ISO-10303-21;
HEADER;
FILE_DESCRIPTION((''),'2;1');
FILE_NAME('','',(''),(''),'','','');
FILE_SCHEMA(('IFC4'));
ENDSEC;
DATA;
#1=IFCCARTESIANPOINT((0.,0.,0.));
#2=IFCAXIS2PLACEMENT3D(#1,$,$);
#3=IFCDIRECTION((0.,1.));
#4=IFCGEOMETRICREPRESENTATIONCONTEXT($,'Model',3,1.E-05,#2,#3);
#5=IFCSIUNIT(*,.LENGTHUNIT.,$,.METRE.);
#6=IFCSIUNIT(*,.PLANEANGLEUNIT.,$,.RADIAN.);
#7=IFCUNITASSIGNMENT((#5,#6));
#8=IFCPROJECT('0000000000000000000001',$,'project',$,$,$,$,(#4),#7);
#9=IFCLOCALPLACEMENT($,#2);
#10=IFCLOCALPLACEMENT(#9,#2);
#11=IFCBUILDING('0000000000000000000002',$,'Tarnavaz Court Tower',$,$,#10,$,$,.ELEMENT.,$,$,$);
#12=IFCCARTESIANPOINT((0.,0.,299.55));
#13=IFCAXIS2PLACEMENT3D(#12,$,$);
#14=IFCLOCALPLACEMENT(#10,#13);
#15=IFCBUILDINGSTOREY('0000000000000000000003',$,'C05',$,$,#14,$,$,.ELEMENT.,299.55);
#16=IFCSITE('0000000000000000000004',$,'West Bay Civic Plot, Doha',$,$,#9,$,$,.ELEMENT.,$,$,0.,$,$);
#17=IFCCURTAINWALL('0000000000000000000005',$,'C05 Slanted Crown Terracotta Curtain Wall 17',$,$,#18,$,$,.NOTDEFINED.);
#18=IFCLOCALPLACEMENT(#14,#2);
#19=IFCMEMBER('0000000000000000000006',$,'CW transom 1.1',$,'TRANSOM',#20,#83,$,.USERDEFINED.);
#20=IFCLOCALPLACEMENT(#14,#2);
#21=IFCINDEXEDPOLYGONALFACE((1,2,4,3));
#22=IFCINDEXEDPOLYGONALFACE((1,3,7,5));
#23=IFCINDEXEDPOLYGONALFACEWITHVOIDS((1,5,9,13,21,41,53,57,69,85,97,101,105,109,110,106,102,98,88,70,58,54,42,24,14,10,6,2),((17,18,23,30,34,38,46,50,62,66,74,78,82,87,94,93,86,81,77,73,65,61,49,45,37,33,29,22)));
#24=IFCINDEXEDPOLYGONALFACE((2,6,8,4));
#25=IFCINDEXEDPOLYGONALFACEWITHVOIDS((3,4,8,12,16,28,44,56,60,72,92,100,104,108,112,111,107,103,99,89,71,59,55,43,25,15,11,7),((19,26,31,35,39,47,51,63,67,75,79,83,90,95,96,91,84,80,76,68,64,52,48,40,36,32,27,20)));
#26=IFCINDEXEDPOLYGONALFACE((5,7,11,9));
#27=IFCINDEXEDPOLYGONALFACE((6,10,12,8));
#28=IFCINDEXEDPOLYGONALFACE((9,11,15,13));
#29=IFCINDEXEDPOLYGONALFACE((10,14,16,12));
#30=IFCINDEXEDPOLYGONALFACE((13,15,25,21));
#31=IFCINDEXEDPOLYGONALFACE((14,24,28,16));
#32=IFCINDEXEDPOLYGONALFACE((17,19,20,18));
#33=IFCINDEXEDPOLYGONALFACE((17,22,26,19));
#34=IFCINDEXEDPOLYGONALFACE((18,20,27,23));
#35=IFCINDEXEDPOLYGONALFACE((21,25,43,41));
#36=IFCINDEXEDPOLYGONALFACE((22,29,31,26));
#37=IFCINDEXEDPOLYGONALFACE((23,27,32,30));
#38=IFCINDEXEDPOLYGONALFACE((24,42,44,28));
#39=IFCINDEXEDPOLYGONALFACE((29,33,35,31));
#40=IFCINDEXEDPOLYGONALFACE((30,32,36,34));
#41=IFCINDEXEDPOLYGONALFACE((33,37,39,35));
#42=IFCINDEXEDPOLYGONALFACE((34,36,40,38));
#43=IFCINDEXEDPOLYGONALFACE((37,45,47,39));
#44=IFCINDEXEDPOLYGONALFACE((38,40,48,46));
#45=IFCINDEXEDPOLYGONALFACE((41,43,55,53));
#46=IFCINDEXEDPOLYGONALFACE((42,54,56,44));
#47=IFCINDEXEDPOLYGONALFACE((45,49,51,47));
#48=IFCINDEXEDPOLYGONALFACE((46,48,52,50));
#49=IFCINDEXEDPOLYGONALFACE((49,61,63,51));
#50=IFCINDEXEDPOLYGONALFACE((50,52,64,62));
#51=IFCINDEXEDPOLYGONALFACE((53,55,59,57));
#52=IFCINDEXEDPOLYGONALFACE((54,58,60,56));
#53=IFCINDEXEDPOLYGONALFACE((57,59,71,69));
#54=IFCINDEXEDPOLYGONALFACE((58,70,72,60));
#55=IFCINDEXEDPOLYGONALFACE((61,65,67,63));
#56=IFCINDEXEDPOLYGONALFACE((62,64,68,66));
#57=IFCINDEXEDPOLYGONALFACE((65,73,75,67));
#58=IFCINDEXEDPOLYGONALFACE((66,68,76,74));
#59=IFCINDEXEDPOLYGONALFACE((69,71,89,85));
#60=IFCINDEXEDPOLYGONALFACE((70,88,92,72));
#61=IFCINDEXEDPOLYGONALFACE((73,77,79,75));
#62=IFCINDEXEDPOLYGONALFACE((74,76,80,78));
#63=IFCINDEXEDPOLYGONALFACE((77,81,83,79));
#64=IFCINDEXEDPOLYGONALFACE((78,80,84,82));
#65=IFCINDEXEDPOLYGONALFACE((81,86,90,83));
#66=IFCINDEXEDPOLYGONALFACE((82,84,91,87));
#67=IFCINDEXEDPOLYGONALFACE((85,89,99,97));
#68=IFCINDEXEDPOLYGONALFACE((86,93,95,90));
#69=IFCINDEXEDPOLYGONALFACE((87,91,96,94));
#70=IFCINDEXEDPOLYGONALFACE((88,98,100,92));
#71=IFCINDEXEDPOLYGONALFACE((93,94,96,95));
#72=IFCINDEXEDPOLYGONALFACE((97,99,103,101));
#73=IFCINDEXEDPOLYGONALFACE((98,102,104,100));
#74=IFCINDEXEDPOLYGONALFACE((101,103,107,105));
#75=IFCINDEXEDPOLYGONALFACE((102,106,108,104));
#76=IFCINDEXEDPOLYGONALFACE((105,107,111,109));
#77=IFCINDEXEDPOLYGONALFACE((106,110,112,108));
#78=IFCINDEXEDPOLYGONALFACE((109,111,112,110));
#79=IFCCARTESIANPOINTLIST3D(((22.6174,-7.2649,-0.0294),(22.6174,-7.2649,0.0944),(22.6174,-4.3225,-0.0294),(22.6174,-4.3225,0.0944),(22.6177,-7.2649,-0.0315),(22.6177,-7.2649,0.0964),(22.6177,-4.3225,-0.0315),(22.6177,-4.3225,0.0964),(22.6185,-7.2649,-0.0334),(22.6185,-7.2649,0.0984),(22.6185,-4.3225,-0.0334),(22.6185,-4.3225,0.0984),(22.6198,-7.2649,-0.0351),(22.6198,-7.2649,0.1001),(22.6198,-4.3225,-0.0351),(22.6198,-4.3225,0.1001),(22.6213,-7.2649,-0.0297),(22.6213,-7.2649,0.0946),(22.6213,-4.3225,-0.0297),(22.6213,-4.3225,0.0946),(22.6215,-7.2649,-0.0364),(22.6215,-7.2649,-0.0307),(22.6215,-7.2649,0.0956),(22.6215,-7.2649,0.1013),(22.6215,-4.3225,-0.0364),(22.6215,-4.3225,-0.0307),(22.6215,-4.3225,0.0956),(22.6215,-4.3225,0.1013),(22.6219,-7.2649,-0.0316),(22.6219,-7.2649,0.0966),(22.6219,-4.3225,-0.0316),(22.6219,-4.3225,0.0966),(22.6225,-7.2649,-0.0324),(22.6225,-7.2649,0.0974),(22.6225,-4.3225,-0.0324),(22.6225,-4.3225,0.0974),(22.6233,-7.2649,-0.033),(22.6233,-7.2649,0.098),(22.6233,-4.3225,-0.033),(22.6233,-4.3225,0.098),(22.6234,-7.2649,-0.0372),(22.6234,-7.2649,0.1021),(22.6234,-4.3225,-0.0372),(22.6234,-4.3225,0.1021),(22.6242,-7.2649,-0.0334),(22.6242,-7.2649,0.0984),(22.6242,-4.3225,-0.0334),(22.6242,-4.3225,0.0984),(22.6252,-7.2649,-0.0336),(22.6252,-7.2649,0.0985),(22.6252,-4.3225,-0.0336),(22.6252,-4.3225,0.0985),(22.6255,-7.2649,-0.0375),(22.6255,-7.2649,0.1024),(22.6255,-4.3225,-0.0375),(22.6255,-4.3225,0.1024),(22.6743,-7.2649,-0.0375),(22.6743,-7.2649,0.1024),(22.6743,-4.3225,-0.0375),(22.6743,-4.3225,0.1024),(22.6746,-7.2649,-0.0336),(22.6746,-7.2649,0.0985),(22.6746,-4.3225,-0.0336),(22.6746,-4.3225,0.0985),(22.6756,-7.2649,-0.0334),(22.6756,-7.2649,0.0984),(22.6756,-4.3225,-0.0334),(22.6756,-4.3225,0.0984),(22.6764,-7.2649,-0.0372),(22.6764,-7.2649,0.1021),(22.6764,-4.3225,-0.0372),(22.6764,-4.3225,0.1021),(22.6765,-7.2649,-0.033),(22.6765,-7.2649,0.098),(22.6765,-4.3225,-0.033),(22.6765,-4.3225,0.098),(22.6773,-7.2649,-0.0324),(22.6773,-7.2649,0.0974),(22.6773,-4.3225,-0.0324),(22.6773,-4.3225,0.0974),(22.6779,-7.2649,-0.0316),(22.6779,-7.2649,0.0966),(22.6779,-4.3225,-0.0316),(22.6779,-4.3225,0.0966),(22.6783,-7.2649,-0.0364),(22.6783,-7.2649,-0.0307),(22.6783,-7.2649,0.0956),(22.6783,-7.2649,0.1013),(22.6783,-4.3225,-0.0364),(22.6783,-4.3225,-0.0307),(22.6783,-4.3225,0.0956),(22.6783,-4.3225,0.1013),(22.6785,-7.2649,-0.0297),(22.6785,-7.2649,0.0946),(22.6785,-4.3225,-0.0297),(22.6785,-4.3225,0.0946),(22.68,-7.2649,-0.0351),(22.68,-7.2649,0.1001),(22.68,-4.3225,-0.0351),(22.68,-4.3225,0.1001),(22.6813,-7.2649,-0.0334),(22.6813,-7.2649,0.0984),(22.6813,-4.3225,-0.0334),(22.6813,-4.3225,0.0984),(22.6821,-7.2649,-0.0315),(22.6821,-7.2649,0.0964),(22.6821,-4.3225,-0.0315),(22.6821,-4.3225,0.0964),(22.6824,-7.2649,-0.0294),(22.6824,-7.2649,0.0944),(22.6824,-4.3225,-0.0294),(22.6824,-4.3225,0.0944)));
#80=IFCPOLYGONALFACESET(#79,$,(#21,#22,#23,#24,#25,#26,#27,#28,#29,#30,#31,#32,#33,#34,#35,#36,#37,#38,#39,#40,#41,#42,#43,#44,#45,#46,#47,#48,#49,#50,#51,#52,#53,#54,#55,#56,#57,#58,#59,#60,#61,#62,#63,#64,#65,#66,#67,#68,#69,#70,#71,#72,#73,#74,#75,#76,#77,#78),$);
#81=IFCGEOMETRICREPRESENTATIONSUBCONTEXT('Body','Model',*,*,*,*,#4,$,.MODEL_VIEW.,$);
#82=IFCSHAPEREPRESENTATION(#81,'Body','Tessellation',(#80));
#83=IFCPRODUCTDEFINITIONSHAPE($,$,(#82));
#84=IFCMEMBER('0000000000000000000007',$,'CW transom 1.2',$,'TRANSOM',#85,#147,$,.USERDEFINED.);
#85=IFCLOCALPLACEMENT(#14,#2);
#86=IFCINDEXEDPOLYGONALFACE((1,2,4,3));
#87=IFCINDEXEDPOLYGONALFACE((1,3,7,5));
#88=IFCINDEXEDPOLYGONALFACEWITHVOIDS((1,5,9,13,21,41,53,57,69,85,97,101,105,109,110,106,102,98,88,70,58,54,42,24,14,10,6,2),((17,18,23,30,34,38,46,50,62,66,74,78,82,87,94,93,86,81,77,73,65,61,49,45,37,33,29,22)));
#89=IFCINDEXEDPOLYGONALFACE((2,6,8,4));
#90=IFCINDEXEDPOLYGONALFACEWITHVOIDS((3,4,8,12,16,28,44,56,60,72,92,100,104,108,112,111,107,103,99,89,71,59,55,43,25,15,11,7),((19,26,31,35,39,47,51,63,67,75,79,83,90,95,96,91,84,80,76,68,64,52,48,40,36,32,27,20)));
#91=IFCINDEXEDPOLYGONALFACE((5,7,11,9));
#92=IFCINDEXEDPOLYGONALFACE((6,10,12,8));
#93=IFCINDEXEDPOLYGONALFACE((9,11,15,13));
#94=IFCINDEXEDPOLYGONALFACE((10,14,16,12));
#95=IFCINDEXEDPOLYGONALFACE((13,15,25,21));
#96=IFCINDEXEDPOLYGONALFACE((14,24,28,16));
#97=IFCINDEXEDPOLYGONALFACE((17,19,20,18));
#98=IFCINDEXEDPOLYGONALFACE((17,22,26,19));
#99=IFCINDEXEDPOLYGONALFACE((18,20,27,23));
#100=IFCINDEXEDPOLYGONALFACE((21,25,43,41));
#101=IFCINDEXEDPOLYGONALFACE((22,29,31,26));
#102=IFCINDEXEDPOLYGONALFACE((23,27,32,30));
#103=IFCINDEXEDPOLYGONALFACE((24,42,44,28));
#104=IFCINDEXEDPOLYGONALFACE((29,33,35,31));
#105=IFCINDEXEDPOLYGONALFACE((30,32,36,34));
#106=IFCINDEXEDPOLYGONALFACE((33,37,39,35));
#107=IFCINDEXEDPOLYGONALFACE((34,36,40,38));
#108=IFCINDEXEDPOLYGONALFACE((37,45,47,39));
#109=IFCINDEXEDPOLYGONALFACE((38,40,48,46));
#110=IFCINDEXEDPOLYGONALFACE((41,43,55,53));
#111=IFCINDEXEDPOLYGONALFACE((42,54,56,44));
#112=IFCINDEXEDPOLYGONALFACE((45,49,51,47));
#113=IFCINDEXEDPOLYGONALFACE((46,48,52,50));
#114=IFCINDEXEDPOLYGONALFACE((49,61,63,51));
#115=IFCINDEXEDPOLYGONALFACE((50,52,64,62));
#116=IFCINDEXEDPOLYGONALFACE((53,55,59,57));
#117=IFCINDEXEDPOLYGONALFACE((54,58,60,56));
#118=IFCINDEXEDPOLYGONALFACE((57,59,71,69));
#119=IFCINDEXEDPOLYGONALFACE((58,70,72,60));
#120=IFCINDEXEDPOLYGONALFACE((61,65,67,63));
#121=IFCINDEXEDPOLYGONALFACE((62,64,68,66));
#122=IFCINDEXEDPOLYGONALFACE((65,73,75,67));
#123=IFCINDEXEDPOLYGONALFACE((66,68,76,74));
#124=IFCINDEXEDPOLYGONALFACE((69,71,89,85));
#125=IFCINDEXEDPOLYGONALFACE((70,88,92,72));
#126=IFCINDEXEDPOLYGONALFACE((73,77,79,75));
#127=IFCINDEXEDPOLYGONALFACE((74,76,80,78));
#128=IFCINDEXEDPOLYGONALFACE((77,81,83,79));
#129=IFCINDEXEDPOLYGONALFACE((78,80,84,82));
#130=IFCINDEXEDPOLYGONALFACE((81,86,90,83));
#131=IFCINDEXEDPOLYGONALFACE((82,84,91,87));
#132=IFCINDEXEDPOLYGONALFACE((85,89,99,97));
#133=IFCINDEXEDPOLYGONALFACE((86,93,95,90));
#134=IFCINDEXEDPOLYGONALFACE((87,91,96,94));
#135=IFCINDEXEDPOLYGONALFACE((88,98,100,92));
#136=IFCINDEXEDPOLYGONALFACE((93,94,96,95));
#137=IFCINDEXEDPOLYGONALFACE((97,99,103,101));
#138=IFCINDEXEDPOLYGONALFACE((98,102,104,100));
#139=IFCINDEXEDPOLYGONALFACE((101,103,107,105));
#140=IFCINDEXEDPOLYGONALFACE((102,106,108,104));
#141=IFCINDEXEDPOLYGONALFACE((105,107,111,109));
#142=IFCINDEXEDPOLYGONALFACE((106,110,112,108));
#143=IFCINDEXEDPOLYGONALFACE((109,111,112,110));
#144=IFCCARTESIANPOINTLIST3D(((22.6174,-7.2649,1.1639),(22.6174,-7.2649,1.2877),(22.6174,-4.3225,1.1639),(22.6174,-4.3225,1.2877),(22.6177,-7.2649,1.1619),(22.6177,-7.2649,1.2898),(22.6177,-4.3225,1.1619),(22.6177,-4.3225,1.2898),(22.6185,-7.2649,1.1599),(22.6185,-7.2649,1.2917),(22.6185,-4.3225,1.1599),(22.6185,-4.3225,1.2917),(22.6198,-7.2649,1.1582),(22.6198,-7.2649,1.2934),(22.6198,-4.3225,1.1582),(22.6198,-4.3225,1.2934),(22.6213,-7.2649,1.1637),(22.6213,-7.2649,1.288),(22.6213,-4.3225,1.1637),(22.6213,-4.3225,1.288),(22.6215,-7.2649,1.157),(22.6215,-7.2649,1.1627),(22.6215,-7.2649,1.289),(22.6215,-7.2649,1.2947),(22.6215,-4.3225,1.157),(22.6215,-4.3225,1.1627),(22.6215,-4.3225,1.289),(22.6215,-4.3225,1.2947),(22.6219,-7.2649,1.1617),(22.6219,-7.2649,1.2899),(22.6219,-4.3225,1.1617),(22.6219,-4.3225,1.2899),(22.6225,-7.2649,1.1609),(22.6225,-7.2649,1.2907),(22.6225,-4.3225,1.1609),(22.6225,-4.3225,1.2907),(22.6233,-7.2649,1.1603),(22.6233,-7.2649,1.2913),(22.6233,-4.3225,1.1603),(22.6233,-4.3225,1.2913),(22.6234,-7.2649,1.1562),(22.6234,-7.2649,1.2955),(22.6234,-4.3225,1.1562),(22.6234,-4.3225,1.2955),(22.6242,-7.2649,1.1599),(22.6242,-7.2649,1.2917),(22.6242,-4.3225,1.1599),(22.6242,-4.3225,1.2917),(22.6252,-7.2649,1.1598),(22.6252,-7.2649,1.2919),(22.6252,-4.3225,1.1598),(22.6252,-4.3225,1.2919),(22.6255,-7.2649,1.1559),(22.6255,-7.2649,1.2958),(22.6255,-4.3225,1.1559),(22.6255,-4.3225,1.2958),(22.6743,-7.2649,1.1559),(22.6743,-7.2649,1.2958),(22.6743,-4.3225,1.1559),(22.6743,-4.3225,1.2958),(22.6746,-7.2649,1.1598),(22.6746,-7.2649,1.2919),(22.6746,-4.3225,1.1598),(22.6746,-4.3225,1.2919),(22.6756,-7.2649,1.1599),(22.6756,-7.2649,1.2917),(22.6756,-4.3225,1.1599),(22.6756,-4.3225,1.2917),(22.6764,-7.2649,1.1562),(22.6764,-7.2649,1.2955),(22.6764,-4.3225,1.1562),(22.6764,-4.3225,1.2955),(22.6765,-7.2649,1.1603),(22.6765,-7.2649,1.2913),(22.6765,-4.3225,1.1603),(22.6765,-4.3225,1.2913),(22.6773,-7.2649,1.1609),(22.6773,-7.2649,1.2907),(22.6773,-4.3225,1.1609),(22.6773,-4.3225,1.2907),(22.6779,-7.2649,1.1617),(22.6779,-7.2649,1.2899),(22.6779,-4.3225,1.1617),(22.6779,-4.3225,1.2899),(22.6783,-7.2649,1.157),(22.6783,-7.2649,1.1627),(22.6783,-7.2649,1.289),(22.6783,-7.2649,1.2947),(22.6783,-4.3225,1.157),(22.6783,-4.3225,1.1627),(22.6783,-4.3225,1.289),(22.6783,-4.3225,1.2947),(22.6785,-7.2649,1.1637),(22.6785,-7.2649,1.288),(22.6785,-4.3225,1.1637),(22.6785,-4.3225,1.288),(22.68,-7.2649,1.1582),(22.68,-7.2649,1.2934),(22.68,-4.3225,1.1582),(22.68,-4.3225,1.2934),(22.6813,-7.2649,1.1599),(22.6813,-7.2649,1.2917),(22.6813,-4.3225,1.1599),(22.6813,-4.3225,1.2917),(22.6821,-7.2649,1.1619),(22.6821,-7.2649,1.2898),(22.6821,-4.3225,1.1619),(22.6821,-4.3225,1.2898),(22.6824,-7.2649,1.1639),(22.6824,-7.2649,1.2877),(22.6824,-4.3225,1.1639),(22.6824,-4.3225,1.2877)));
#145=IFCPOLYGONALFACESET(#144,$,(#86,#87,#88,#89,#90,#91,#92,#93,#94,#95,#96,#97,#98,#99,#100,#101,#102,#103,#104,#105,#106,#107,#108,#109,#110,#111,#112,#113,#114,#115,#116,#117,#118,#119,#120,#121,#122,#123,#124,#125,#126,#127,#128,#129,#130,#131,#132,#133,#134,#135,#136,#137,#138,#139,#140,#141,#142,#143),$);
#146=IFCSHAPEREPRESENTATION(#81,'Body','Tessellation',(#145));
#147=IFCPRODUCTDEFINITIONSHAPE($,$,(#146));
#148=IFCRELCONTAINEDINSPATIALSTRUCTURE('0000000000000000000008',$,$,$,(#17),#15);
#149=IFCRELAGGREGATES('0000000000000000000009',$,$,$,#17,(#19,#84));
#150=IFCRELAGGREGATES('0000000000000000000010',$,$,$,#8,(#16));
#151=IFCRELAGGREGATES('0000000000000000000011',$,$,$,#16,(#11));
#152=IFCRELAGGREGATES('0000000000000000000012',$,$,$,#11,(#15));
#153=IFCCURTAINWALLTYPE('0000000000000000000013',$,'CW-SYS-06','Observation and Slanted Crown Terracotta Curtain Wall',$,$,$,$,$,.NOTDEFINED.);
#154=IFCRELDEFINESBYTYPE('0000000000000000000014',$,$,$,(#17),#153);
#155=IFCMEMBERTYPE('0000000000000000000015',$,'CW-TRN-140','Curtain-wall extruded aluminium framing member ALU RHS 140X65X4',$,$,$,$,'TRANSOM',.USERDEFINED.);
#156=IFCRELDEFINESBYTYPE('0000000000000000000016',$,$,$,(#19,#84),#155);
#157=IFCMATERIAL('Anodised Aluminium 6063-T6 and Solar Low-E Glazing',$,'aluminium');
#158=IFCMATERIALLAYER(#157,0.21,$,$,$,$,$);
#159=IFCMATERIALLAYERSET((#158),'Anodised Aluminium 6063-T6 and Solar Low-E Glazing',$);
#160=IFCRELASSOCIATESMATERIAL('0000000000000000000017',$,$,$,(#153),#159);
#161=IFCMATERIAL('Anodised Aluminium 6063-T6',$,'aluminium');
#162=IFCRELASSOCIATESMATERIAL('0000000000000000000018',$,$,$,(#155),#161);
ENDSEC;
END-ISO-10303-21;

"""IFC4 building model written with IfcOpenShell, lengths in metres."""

from ifc_helpers import new_model, si_unit, direction, frame, origin, origin_2d, place, context, subcontext, project, spatial, hollow_rectangle, extrude, material, layer, layer_set, material_profile, profile_set, type_object, element, aggregate, save


model = new_model("IFC4")

# Units and contexts
model_context = context("Model", 3, precision=1e-05, world=origin(), true_north=direction((0.0, 1.0)))
body_context = subcontext(model_context, "Body", "Model", "MODEL_VIEW")
ifc_project = project(units=[si_unit("LENGTHUNIT", "METRE"), si_unit("PLANEANGLEUNIT", "RADIAN")], contexts=[model_context])

# Site, building, storey
site_placement = place(None, origin())
site = spatial("IfcSite", under=ifc_project, at=site_placement, Name="West Bay Civic Plot, Doha", CompositionType="ELEMENT", RefElevation=0.0)
building_placement = place(site_placement, origin())
building = spatial("IfcBuilding", under=site, at=building_placement, Name="Tarnavaz Court Tower", CompositionType="ELEMENT")
storey_placement = place(building_placement, frame((0.0, 0.0, 299.55)))
storey = spatial("IfcBuildingStorey", under=building, at=storey_placement, Name="C05", CompositionType="ELEMENT", Elevation=299.55)

# Shared definitions
ifc_material_1 = material(Name="Anodised Aluminium 6063-T6 and Solar Low-E Glazing", Category="aluminium")
ifc_layer_1 = layer(ifc_material_1, 0.21)
ifc_layer_set_1 = layer_set([ifc_layer_1], Name="Anodised Aluminium 6063-T6 and Solar Low-E Glazing")
curtain_wall_type = type_object("IfcCurtainWallType", Name="CW-SYS-06", Description="Observation and Slanted Crown Terracotta Curtain Wall", PredefinedType="NOTDEFINED", material=ifc_layer_set_1)
ifc_material_2 = material(Name="Anodised Aluminium 6063-T6", Category="aluminium")

# Curtain wall
curtain_wall_1_placement = place(storey_placement, origin())
curtain_wall_1 = element("IfcCurtainWall", 1, at=curtain_wall_1_placement, inside=storey, type_object=curtain_wall_type, Name="C05 Slanted Crown Terracotta Curtain Wall 17", PredefinedType="NOTDEFINED")

# Members
ifc_material_profile_1 = material_profile(ifc_material_2, hollow_rectangle(XDim=0.0649, YDim=0.1399, WallThickness=0.0039, InnerFilletRadius=0.0039, OuterFilletRadius=0.0081, at=origin_2d()), Name="ALU RHS 140X65X4")
ifc_profile_set_1 = profile_set([ifc_material_profile_1], Name="Anodised Aluminium 6063-T6")
member_type_1 = type_object("IfcMemberType", Name="CW-TRN-140", Description="Curtain-wall extruded aluminium framing member ALU RHS 140X65X4", ElementType="TRANSOM", PredefinedType="USERDEFINED", material=ifc_profile_set_1)
member_1_placement = place(storey_placement, frame((22.6499, -4.3225, 0.0325), z_axis=(0.0, -1.0, 0.0), x_axis=(1.0, 0.0, 0.0)))
member_1 = element("IfcMember", 2, at=member_1_placement, type_object=member_type_1, Name="CW transom 1.1", ObjectType="TRANSOM", PredefinedType="USERDEFINED", context=body_context, shape_type="SweptSolid", body=[
    extrude(hollow_rectangle(XDim=0.0649, YDim=0.1399, WallThickness=0.0039, InnerFilletRadius=0.0039, OuterFilletRadius=0.0081, at=origin_2d()), origin(), (0.0, 0.0, 1.0), 2.9424),
])
member_2_placement = place(storey_placement, frame((22.6499, -4.3225, 1.2258), z_axis=(0.0, -1.0, 0.0), x_axis=(1.0, 0.0, 0.0)))
member_2 = element("IfcMember", 3, at=member_2_placement, type_object=member_type_1, Name="CW transom 1.2", ObjectType="TRANSOM", PredefinedType="USERDEFINED", context=body_context, shape_type="SweptSolid", body=[
    extrude(hollow_rectangle(XDim=0.0649, YDim=0.1399, WallThickness=0.0039, InnerFilletRadius=0.0039, OuterFilletRadius=0.0081, at=origin_2d()), origin(), (0.0, 0.0, 1.0), 2.9424),
])

aggregate(curtain_wall_1, [member_1, member_2])

save(model, "model.ifc")
